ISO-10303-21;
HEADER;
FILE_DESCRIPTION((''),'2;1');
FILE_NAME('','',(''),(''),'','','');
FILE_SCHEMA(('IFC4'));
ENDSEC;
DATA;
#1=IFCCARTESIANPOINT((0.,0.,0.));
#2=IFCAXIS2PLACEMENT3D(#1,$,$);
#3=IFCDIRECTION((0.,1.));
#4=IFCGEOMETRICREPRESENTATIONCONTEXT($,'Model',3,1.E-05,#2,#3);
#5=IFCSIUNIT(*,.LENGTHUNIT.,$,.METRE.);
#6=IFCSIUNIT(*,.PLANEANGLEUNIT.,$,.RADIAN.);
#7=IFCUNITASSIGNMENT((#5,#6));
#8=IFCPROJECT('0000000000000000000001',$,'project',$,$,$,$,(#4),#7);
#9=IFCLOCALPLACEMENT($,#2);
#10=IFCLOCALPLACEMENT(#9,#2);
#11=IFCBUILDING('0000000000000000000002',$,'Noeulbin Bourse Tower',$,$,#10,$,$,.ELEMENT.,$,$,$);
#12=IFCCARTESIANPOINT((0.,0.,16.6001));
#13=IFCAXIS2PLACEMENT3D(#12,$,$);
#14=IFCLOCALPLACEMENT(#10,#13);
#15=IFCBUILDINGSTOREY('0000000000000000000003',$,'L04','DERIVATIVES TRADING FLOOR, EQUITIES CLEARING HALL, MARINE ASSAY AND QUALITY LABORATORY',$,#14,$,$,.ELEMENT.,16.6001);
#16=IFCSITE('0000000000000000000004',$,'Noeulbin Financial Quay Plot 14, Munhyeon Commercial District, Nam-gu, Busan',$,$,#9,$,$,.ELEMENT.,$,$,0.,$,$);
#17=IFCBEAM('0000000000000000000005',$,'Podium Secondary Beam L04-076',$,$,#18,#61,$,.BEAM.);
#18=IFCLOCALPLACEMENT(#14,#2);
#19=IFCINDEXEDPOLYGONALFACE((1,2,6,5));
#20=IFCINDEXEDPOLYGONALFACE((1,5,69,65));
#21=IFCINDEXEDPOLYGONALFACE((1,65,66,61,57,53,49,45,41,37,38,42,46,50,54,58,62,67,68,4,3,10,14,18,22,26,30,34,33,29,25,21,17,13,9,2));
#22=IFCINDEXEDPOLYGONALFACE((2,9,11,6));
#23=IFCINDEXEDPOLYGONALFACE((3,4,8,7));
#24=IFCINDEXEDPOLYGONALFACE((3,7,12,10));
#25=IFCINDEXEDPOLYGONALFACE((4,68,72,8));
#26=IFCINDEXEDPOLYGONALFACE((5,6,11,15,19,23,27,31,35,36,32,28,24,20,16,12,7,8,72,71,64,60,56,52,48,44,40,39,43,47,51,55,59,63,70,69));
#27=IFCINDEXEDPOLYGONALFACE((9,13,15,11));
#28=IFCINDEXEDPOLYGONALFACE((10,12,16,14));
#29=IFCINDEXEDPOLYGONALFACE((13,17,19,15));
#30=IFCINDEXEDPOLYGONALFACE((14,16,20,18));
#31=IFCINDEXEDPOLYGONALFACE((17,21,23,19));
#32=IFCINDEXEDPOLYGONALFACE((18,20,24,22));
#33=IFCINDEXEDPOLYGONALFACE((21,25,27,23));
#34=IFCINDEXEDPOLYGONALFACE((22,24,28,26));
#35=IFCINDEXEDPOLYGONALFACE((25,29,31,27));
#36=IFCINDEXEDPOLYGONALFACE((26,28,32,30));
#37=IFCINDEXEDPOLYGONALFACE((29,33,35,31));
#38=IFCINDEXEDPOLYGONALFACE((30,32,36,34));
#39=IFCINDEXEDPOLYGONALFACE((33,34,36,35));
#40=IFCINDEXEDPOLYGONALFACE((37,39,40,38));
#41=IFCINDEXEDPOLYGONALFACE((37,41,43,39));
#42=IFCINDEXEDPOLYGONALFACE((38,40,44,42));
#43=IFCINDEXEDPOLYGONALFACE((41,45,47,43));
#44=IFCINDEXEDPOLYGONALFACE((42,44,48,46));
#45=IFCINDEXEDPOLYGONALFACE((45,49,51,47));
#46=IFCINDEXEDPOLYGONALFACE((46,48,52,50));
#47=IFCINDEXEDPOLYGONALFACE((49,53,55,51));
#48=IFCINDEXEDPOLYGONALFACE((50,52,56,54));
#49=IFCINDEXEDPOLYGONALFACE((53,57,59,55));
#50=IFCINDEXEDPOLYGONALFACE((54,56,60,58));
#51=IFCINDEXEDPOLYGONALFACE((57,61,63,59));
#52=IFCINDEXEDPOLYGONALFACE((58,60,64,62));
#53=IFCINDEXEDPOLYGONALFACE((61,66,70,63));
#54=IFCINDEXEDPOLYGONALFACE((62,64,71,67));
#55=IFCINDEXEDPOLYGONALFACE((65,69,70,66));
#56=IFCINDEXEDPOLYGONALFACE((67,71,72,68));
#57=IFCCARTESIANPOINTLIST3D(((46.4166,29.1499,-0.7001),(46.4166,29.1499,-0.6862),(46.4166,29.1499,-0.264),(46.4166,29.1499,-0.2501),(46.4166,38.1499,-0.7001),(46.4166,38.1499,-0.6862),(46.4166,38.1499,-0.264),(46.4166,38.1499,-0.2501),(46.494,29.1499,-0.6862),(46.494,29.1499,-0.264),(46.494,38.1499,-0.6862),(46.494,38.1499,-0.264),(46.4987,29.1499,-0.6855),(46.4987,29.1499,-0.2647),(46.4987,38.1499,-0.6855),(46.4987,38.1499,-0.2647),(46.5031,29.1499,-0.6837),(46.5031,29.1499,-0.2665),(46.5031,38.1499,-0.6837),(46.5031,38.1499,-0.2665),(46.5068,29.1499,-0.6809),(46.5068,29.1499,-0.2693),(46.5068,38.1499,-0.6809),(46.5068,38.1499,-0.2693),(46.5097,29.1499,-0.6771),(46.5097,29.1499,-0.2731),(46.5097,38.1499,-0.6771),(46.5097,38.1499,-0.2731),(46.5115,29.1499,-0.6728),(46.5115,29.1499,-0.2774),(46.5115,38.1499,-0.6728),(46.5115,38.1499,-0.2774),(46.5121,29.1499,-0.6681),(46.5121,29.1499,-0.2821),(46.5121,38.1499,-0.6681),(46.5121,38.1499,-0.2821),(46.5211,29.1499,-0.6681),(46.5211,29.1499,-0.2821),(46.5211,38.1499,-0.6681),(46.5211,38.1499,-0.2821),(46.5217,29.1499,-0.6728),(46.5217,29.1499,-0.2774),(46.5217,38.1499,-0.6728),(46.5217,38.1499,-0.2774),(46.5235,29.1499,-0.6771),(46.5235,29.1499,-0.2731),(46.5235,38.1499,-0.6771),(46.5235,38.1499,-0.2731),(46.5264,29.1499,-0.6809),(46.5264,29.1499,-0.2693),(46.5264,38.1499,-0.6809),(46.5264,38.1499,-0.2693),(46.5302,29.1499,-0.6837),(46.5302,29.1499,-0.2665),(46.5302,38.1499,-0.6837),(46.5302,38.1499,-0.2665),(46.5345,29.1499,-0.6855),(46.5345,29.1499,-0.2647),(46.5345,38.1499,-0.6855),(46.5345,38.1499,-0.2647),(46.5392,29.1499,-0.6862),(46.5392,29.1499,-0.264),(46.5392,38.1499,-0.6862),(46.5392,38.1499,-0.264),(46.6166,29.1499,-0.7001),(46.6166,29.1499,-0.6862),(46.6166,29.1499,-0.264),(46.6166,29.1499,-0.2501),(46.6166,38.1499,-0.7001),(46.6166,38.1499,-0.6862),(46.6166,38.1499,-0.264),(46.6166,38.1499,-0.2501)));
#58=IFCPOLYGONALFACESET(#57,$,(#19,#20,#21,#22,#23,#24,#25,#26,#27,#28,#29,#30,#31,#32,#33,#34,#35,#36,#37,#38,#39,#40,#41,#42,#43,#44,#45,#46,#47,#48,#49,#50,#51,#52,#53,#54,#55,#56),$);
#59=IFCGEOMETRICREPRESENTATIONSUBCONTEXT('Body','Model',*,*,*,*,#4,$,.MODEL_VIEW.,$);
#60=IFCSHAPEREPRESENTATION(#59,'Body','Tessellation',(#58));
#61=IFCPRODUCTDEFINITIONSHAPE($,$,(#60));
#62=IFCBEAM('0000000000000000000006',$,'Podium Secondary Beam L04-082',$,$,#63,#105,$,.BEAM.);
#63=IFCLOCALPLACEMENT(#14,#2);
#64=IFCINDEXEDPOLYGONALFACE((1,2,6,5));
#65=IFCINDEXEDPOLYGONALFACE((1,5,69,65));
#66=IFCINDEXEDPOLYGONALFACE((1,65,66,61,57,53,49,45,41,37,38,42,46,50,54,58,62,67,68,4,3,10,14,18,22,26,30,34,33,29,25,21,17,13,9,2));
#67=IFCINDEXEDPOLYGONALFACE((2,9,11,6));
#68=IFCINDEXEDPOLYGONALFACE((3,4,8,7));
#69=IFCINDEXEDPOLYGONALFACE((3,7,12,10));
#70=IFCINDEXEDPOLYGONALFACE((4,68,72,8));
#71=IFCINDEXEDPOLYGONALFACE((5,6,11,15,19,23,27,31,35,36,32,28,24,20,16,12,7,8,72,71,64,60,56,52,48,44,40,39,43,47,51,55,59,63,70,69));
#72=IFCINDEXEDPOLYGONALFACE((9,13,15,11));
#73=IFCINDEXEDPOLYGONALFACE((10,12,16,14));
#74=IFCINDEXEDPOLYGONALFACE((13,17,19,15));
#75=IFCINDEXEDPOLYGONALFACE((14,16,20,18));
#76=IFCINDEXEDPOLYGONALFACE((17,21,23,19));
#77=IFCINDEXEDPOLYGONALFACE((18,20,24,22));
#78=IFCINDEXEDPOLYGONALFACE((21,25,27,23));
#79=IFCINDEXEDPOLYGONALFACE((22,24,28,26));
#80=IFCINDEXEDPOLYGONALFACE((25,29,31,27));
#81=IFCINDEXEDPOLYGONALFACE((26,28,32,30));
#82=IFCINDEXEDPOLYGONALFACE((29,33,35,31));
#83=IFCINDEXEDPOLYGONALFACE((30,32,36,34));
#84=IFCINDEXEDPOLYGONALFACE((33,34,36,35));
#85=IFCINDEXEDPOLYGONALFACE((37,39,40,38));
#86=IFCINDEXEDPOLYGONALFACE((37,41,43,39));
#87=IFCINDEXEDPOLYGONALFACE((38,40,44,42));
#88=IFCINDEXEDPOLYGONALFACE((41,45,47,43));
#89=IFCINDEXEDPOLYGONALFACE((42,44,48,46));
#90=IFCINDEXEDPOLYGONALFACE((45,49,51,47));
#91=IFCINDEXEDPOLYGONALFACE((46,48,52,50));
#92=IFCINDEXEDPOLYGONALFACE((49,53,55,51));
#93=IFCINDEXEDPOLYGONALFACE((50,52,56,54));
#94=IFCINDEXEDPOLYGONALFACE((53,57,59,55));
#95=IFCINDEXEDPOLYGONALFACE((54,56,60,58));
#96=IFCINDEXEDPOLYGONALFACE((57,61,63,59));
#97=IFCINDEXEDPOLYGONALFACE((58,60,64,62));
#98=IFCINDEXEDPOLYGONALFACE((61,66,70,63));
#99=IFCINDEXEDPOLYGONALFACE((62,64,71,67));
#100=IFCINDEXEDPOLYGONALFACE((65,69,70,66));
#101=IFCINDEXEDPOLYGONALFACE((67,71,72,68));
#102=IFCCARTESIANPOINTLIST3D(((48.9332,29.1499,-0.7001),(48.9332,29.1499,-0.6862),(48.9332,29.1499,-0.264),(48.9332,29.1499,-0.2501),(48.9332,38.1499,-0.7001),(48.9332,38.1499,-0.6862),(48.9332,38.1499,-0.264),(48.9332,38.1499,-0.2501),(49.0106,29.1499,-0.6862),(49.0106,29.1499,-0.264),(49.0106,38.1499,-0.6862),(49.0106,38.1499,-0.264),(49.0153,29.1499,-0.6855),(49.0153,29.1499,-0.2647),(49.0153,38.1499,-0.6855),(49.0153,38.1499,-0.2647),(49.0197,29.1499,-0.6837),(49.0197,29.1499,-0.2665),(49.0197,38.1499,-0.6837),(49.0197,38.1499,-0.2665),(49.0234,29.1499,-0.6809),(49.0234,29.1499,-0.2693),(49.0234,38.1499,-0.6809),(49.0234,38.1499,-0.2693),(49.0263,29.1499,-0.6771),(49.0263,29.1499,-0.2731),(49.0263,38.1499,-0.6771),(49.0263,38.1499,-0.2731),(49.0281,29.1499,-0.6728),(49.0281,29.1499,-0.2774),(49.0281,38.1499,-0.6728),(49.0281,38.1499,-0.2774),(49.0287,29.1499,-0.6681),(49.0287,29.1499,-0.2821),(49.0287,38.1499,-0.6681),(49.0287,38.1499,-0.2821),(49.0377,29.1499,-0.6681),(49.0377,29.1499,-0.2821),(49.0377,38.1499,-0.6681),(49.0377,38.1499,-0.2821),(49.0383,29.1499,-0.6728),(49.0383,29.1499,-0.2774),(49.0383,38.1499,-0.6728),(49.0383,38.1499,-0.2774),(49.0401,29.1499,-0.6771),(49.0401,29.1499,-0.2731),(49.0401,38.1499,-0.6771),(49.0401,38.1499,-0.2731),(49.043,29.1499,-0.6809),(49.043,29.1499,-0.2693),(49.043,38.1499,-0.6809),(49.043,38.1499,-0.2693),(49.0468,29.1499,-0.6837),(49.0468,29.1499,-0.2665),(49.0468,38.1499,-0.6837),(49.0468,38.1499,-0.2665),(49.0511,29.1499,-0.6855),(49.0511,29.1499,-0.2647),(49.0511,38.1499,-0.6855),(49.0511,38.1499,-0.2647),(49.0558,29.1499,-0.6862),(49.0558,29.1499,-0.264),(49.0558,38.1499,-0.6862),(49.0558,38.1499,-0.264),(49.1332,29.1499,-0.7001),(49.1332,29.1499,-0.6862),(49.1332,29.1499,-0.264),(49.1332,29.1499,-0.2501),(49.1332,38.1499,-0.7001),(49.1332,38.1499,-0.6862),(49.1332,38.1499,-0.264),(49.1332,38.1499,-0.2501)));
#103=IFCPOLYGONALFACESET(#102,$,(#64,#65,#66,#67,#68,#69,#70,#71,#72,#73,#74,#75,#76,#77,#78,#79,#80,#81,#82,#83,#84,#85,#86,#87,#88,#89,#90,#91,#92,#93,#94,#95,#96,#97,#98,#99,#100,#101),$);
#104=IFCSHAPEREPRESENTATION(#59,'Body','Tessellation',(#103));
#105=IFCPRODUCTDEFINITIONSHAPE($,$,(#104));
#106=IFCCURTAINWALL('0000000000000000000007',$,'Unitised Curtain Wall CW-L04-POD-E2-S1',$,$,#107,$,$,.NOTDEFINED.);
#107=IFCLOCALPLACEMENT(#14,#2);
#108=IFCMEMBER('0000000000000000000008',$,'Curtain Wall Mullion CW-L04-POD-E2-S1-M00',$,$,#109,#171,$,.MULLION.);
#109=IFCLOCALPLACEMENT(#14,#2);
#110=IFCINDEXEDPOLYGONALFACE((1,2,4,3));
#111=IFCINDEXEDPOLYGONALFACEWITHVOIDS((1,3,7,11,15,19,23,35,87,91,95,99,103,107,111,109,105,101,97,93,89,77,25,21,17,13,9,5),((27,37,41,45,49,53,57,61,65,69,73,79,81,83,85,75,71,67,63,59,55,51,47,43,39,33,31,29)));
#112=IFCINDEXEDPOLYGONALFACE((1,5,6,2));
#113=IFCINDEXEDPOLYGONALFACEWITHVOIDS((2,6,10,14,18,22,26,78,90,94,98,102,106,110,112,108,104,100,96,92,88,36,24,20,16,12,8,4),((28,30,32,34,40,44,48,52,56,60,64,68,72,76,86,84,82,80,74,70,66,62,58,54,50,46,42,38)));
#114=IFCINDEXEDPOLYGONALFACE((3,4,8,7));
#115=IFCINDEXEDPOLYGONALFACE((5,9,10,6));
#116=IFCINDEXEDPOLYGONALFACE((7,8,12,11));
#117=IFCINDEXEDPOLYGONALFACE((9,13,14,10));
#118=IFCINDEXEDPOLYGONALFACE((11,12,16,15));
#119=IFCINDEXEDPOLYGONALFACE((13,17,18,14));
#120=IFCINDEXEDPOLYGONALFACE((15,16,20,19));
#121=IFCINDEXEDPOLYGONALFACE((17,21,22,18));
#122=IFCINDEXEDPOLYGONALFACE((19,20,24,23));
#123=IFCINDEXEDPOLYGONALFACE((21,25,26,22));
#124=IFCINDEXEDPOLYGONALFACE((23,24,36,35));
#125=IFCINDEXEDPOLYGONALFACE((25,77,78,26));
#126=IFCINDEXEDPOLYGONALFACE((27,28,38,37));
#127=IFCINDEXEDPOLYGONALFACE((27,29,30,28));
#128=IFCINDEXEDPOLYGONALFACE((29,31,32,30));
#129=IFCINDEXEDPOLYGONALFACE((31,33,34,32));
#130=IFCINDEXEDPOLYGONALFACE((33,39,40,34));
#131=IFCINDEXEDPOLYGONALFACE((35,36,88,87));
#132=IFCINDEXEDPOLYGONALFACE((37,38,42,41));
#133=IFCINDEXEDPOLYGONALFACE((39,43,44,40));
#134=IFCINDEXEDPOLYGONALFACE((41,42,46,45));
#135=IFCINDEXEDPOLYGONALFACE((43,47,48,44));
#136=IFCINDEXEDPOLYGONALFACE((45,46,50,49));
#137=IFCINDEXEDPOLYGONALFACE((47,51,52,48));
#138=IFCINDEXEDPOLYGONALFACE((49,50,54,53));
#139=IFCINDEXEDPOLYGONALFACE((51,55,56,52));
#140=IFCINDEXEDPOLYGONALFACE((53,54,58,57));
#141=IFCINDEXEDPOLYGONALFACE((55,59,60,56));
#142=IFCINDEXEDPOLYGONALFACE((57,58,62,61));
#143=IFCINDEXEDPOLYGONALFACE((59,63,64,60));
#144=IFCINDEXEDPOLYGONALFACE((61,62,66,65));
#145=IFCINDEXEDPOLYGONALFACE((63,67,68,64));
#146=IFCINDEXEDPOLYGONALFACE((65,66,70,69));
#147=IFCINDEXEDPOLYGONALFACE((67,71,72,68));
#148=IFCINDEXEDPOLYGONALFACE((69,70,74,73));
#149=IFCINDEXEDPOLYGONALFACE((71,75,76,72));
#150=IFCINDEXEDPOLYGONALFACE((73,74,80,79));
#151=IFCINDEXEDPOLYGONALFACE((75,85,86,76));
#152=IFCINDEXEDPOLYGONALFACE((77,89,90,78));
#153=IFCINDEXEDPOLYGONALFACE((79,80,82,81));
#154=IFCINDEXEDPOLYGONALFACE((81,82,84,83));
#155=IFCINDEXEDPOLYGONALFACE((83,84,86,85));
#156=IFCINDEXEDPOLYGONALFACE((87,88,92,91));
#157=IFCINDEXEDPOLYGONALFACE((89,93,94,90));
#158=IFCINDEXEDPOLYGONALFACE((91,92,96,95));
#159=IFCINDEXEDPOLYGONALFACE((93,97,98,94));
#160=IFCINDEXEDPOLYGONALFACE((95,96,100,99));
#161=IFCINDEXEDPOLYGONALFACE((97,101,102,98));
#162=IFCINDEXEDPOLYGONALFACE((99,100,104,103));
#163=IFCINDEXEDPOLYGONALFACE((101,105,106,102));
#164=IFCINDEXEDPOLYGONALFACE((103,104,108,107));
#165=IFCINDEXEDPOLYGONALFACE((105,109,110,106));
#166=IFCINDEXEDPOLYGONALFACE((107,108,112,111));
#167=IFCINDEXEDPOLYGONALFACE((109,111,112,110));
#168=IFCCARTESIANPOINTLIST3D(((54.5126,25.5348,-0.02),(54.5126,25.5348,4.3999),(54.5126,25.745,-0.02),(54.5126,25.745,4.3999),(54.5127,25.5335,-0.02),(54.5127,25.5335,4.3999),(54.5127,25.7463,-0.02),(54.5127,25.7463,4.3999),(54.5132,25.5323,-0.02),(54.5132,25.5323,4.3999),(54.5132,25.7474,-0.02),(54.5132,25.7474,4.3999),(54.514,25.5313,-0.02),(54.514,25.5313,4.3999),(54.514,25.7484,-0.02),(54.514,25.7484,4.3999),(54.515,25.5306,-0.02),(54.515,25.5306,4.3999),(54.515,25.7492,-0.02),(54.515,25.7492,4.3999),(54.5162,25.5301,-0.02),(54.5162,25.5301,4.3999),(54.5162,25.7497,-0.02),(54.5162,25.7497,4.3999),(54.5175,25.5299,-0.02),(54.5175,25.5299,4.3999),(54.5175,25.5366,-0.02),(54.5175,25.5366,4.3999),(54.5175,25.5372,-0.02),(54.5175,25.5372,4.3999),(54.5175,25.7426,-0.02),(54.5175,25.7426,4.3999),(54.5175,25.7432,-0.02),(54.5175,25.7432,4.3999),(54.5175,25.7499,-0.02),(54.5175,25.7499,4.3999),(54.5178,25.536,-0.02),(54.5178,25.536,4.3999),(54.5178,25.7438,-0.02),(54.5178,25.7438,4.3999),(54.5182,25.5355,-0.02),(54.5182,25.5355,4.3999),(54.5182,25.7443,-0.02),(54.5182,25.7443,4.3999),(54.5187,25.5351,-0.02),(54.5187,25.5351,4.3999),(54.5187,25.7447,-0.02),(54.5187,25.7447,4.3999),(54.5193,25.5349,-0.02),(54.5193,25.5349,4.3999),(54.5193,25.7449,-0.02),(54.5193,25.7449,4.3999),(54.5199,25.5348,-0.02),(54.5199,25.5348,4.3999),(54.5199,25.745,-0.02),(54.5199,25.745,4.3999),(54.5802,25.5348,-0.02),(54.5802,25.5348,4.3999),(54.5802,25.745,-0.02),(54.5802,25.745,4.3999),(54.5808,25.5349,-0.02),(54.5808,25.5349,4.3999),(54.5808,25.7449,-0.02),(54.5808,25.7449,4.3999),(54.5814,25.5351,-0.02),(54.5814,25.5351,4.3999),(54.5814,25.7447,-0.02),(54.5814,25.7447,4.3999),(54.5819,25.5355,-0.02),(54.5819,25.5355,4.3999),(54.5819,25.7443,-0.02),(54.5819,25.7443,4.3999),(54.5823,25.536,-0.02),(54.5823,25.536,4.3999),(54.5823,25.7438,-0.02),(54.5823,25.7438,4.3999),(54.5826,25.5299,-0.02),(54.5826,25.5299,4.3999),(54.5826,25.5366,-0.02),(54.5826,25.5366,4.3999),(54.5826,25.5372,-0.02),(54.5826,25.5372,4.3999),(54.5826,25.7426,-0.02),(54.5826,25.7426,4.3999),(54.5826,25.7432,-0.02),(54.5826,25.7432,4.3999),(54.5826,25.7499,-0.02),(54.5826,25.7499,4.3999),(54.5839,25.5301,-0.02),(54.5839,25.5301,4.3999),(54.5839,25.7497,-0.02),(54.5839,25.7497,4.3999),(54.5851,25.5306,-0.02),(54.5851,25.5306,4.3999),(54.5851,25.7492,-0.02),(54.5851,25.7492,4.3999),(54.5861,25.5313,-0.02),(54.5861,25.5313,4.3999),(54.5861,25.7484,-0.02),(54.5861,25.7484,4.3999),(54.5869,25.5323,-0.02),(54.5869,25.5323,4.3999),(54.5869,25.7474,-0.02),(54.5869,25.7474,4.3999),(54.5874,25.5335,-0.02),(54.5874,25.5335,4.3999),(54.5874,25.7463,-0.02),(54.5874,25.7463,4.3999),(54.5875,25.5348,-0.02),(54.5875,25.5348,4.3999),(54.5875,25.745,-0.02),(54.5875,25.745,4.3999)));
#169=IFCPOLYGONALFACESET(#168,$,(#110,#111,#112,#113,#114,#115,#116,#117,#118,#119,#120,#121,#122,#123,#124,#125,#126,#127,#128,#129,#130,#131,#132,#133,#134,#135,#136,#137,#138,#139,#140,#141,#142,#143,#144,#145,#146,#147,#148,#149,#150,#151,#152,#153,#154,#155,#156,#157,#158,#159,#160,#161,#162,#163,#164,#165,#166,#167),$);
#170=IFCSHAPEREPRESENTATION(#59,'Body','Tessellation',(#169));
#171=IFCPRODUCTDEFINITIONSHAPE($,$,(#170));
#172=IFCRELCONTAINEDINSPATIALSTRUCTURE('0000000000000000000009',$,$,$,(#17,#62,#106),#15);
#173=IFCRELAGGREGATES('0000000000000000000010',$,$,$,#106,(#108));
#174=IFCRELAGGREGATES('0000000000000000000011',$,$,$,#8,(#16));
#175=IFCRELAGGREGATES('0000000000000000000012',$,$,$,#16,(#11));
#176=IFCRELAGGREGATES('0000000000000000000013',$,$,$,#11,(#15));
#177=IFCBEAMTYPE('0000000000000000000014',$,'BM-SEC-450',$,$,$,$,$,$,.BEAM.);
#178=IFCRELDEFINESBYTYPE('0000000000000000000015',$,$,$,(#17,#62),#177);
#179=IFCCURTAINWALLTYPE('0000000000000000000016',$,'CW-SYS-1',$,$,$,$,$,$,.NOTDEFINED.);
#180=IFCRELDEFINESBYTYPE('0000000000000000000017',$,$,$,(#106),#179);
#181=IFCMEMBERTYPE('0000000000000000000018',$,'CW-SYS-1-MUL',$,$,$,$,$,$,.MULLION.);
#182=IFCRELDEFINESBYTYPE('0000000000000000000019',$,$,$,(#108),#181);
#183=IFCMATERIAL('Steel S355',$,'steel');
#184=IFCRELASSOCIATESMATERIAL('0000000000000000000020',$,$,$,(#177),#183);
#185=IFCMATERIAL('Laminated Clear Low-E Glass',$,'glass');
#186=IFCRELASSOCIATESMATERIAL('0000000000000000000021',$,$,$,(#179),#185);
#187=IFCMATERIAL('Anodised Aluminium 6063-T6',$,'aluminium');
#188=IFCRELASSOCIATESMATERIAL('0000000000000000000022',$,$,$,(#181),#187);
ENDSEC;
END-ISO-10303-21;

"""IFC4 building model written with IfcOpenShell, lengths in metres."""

from ifc_helpers import new_model, si_unit, direction, frame, origin, origin_2d, place, context, subcontext, project, spatial, hollow_rectangle, i_section, extrude, material, material_profile, profile_set, type_object, element, aggregate, save


model = new_model("IFC4")

# Units and contexts
model_context = context("Model", 3, precision=1e-05, world=origin(), true_north=direction((0.0, 1.0)))
body_context = subcontext(model_context, "Body", "Model", "MODEL_VIEW")
ifc_project = project(units=[si_unit("LENGTHUNIT", "METRE"), si_unit("PLANEANGLEUNIT", "RADIAN")], contexts=[model_context])

# Site, building, storey
site_placement = place(None, origin())
site = spatial("IfcSite", under=ifc_project, at=site_placement, Name="Noeulbin Financial Quay Plot 14, Munhyeon Commercial District, Nam-gu, Busan", CompositionType="ELEMENT", RefElevation=0.0)
building_placement = place(site_placement, origin())
building = spatial("IfcBuilding", under=site, at=building_placement, Name="Noeulbin Bourse Tower", CompositionType="ELEMENT")
storey_placement = place(building_placement, frame((0.0, 0.0, 16.6001)))
storey = spatial("IfcBuildingStorey", under=building, at=storey_placement, Name="L04", Description="DERIVATIVES TRADING FLOOR, EQUITIES CLEARING HALL, MARINE ASSAY AND QUALITY LABORATORY", CompositionType="ELEMENT", Elevation=16.6001)

# Beams
ifc_material_1 = material(Name="Steel S355", Category="steel")
ifc_material_profile_1 = material_profile(ifc_material_1, i_section(OverallWidth=0.2, OverallDepth=0.45, WebThickness=0.009, FlangeThickness=0.0139, FilletRadius=0.0181, at=origin_2d()), Name="H-450x200x9x14", Category="LoadBearing")
ifc_profile_set_1 = profile_set([ifc_material_profile_1], Name="Steel S355")
beam_type_1 = type_object("IfcBeamType", Name="BM-SEC-450", PredefinedType="BEAM", material=ifc_profile_set_1)
for number, where, z_axis, x_axis, name in (
    (1, (46.5166, 29.1499, -0.4751), (0.0, 1.0, 0.0), (-1.0, 0.0, 0.0), "Podium Secondary Beam L04-076"),
    (2, (49.0332, 29.1499, -0.4751), (0.0, 1.0, 0.0), (-1.0, 0.0, 0.0), "Podium Secondary Beam L04-082"),
):
    element("IfcBeam", number, at=place(storey_placement, frame(where, z_axis=z_axis, x_axis=x_axis)), inside=storey, type_object=beam_type_1, Name=name, PredefinedType="BEAM", context=body_context, shape_type="SweptSolid", body=[
        extrude(i_section(OverallWidth=0.2, OverallDepth=0.45, WebThickness=0.009, FlangeThickness=0.0139, FilletRadius=0.0181, at=origin_2d()), origin(), (0.0, 0.0, 1.0), 9.0),
    ])

# Curtain wall, member
ifc_material_2 = material(Name="Laminated Clear Low-E Glass", Category="glass")
curtain_wall_type = type_object("IfcCurtainWallType", Name="CW-SYS-1", PredefinedType="NOTDEFINED", material=ifc_material_2)
curtain_wall_1_placement = place(storey_placement, origin())
curtain_wall_1 = element("IfcCurtainWall", 3, at=curtain_wall_1_placement, inside=storey, type_object=curtain_wall_type, Name="Unitised Curtain Wall CW-L04-POD-E2-S1", PredefinedType="NOTDEFINED")
ifc_material_3 = material(Name="Anodised Aluminium 6063-T6", Category="aluminium")
ifc_material_profile_2 = material_profile(ifc_material_3, hollow_rectangle(XDim=0.075, YDim=0.22, WallThickness=0.0049, InnerFilletRadius=0.0024, OuterFilletRadius=0.0049, at=origin_2d()), Name="ALU-MULL-75x220x5", Category="LoadBearing")
ifc_profile_set_2 = profile_set([ifc_material_profile_2], Name="Anodised Aluminium 6063-T6")
member_type_1 = type_object("IfcMemberType", Name="CW-SYS-1-MUL", PredefinedType="MULLION", material=ifc_profile_set_2)
member_1_placement = place(storey_placement, frame((54.55, 25.6399, -0.02), z_axis=(0.0, 0.0, 1.0), x_axis=(1.0, 0.0, 0.0)))
member_1 = element("IfcMember", 4, at=member_1_placement, type_object=member_type_1, Name="Curtain Wall Mullion CW-L04-POD-E2-S1-M00", PredefinedType="MULLION", context=body_context, shape_type="SweptSolid", body=[
    extrude(hollow_rectangle(XDim=0.075, YDim=0.22, WallThickness=0.0049, InnerFilletRadius=0.0024, OuterFilletRadius=0.0049, at=origin_2d()), origin(), (0.0, 0.0, 1.0), 4.4199),
])

aggregate(curtain_wall_1, [member_1])

save(model, "model.ifc")
